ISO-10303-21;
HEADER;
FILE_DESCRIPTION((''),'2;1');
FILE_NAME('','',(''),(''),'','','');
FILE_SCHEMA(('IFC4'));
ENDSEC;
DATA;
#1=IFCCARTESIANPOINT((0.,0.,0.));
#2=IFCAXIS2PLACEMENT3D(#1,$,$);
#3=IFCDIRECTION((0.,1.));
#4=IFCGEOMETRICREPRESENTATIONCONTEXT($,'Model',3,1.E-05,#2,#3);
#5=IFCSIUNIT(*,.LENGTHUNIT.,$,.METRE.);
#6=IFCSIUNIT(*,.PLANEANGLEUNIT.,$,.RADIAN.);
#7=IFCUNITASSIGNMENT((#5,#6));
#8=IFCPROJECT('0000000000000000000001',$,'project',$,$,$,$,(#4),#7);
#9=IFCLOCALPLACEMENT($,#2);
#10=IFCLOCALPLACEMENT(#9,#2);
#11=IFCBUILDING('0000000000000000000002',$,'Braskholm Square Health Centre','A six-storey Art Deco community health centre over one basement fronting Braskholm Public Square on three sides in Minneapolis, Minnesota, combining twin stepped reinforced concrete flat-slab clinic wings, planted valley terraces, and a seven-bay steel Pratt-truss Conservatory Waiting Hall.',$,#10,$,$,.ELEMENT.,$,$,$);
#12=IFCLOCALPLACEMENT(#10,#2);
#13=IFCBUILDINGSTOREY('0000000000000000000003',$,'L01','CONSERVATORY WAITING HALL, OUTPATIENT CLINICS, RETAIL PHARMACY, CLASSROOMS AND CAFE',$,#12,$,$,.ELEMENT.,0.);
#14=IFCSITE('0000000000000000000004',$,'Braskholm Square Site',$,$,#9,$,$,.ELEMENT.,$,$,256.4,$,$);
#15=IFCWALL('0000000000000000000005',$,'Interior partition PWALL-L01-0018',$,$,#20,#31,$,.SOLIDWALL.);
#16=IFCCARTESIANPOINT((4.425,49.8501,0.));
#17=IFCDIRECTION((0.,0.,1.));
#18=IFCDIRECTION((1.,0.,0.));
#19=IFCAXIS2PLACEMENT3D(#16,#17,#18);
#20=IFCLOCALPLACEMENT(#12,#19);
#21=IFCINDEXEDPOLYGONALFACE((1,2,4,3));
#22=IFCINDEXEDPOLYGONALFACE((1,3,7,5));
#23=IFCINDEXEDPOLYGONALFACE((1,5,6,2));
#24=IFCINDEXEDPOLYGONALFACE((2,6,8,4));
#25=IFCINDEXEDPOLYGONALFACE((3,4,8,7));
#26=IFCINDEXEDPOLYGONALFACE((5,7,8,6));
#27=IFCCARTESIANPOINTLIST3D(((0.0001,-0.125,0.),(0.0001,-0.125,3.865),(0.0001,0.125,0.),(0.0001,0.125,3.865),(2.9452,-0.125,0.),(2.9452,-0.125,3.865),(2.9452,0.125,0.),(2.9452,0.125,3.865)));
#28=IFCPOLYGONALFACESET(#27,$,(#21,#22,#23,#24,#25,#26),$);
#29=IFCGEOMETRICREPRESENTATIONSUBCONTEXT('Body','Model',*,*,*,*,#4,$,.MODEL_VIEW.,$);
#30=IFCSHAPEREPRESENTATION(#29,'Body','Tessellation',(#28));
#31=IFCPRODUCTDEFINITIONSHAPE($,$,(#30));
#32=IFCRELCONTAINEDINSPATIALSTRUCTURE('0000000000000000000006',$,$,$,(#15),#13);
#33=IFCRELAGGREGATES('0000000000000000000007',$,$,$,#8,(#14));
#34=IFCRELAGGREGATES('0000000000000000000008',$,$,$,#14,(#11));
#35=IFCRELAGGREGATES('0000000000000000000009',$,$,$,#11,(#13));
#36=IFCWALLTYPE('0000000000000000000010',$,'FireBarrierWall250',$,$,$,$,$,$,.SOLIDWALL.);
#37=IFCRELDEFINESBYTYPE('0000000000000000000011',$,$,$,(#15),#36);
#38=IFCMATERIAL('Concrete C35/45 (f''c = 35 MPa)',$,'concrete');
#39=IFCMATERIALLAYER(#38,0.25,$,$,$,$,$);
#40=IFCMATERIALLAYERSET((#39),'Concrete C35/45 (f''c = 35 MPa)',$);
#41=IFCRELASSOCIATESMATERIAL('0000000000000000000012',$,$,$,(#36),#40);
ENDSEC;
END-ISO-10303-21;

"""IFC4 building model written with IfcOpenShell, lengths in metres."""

from ifc_helpers import new_model, si_unit, direction, frame, frame_2d, origin, place, context, subcontext, project, spatial, rectangle, extrude, material, layer, layer_set, type_object, element, save


model = new_model("IFC4")

# Units and contexts
model_context = context("Model", 3, precision=1e-05, world=origin(), true_north=direction((0.0, 1.0)))
body_context = subcontext(model_context, "Body", "Model", "MODEL_VIEW")
ifc_project = project(units=[si_unit("LENGTHUNIT", "METRE"), si_unit("PLANEANGLEUNIT", "RADIAN")], contexts=[model_context])

# Site, building, storey
site_placement = place(None, origin())
site = spatial("IfcSite", under=ifc_project, at=site_placement, Name="Braskholm Square Site", CompositionType="ELEMENT", RefElevation=256.4)
building_placement = place(site_placement, origin())
building = spatial("IfcBuilding", under=site, at=building_placement, Name="Braskholm Square Health Centre", Description="A six-storey Art Deco community health centre over one basement fronting Braskholm Public Square on three sides in Minneapolis, Minnesota, combining twin stepped reinforced concrete flat-slab clinic wings, planted valley terraces, and a seven-bay steel Pratt-truss Conservatory Waiting Hall.", CompositionType="ELEMENT")
storey_placement = place(building_placement, origin())
storey = spatial("IfcBuildingStorey", under=building, at=storey_placement, Name="L01", Description="CONSERVATORY WAITING HALL, OUTPATIENT CLINICS, RETAIL PHARMACY, CLASSROOMS AND CAFE", CompositionType="ELEMENT", Elevation=0.0)

# Wall
ifc_material_1 = material(Name="Concrete C35/45 (f'c = 35 MPa)", Category="concrete")
ifc_layer_1 = layer(ifc_material_1, 0.25)
ifc_layer_set_1 = layer_set([ifc_layer_1], Name="Concrete C35/45 (f'c = 35 MPa)")
wall_type_1 = type_object("IfcWallType", Name="FireBarrierWall250", PredefinedType="SOLIDWALL", material=ifc_layer_set_1)
wall_1_placement = place(storey_placement, frame((4.425, 49.8501, 0.0), z_axis=(0.0, 0.0, 1.0), x_axis=(1.0, 0.0, 0.0)))
element("IfcWall", 1, at=wall_1_placement, inside=storey, type_object=wall_type_1, Name="Interior partition PWALL-L01-0018", PredefinedType="SOLIDWALL", context=body_context, shape_type="SweptSolid", body=[
    extrude(rectangle(XDim=2.9451, YDim=0.25, at=frame_2d((1.4727, 0.0))), origin(), (0.0, 0.0, 1.0), 3.865),
])

save(model, "model.ifc")
